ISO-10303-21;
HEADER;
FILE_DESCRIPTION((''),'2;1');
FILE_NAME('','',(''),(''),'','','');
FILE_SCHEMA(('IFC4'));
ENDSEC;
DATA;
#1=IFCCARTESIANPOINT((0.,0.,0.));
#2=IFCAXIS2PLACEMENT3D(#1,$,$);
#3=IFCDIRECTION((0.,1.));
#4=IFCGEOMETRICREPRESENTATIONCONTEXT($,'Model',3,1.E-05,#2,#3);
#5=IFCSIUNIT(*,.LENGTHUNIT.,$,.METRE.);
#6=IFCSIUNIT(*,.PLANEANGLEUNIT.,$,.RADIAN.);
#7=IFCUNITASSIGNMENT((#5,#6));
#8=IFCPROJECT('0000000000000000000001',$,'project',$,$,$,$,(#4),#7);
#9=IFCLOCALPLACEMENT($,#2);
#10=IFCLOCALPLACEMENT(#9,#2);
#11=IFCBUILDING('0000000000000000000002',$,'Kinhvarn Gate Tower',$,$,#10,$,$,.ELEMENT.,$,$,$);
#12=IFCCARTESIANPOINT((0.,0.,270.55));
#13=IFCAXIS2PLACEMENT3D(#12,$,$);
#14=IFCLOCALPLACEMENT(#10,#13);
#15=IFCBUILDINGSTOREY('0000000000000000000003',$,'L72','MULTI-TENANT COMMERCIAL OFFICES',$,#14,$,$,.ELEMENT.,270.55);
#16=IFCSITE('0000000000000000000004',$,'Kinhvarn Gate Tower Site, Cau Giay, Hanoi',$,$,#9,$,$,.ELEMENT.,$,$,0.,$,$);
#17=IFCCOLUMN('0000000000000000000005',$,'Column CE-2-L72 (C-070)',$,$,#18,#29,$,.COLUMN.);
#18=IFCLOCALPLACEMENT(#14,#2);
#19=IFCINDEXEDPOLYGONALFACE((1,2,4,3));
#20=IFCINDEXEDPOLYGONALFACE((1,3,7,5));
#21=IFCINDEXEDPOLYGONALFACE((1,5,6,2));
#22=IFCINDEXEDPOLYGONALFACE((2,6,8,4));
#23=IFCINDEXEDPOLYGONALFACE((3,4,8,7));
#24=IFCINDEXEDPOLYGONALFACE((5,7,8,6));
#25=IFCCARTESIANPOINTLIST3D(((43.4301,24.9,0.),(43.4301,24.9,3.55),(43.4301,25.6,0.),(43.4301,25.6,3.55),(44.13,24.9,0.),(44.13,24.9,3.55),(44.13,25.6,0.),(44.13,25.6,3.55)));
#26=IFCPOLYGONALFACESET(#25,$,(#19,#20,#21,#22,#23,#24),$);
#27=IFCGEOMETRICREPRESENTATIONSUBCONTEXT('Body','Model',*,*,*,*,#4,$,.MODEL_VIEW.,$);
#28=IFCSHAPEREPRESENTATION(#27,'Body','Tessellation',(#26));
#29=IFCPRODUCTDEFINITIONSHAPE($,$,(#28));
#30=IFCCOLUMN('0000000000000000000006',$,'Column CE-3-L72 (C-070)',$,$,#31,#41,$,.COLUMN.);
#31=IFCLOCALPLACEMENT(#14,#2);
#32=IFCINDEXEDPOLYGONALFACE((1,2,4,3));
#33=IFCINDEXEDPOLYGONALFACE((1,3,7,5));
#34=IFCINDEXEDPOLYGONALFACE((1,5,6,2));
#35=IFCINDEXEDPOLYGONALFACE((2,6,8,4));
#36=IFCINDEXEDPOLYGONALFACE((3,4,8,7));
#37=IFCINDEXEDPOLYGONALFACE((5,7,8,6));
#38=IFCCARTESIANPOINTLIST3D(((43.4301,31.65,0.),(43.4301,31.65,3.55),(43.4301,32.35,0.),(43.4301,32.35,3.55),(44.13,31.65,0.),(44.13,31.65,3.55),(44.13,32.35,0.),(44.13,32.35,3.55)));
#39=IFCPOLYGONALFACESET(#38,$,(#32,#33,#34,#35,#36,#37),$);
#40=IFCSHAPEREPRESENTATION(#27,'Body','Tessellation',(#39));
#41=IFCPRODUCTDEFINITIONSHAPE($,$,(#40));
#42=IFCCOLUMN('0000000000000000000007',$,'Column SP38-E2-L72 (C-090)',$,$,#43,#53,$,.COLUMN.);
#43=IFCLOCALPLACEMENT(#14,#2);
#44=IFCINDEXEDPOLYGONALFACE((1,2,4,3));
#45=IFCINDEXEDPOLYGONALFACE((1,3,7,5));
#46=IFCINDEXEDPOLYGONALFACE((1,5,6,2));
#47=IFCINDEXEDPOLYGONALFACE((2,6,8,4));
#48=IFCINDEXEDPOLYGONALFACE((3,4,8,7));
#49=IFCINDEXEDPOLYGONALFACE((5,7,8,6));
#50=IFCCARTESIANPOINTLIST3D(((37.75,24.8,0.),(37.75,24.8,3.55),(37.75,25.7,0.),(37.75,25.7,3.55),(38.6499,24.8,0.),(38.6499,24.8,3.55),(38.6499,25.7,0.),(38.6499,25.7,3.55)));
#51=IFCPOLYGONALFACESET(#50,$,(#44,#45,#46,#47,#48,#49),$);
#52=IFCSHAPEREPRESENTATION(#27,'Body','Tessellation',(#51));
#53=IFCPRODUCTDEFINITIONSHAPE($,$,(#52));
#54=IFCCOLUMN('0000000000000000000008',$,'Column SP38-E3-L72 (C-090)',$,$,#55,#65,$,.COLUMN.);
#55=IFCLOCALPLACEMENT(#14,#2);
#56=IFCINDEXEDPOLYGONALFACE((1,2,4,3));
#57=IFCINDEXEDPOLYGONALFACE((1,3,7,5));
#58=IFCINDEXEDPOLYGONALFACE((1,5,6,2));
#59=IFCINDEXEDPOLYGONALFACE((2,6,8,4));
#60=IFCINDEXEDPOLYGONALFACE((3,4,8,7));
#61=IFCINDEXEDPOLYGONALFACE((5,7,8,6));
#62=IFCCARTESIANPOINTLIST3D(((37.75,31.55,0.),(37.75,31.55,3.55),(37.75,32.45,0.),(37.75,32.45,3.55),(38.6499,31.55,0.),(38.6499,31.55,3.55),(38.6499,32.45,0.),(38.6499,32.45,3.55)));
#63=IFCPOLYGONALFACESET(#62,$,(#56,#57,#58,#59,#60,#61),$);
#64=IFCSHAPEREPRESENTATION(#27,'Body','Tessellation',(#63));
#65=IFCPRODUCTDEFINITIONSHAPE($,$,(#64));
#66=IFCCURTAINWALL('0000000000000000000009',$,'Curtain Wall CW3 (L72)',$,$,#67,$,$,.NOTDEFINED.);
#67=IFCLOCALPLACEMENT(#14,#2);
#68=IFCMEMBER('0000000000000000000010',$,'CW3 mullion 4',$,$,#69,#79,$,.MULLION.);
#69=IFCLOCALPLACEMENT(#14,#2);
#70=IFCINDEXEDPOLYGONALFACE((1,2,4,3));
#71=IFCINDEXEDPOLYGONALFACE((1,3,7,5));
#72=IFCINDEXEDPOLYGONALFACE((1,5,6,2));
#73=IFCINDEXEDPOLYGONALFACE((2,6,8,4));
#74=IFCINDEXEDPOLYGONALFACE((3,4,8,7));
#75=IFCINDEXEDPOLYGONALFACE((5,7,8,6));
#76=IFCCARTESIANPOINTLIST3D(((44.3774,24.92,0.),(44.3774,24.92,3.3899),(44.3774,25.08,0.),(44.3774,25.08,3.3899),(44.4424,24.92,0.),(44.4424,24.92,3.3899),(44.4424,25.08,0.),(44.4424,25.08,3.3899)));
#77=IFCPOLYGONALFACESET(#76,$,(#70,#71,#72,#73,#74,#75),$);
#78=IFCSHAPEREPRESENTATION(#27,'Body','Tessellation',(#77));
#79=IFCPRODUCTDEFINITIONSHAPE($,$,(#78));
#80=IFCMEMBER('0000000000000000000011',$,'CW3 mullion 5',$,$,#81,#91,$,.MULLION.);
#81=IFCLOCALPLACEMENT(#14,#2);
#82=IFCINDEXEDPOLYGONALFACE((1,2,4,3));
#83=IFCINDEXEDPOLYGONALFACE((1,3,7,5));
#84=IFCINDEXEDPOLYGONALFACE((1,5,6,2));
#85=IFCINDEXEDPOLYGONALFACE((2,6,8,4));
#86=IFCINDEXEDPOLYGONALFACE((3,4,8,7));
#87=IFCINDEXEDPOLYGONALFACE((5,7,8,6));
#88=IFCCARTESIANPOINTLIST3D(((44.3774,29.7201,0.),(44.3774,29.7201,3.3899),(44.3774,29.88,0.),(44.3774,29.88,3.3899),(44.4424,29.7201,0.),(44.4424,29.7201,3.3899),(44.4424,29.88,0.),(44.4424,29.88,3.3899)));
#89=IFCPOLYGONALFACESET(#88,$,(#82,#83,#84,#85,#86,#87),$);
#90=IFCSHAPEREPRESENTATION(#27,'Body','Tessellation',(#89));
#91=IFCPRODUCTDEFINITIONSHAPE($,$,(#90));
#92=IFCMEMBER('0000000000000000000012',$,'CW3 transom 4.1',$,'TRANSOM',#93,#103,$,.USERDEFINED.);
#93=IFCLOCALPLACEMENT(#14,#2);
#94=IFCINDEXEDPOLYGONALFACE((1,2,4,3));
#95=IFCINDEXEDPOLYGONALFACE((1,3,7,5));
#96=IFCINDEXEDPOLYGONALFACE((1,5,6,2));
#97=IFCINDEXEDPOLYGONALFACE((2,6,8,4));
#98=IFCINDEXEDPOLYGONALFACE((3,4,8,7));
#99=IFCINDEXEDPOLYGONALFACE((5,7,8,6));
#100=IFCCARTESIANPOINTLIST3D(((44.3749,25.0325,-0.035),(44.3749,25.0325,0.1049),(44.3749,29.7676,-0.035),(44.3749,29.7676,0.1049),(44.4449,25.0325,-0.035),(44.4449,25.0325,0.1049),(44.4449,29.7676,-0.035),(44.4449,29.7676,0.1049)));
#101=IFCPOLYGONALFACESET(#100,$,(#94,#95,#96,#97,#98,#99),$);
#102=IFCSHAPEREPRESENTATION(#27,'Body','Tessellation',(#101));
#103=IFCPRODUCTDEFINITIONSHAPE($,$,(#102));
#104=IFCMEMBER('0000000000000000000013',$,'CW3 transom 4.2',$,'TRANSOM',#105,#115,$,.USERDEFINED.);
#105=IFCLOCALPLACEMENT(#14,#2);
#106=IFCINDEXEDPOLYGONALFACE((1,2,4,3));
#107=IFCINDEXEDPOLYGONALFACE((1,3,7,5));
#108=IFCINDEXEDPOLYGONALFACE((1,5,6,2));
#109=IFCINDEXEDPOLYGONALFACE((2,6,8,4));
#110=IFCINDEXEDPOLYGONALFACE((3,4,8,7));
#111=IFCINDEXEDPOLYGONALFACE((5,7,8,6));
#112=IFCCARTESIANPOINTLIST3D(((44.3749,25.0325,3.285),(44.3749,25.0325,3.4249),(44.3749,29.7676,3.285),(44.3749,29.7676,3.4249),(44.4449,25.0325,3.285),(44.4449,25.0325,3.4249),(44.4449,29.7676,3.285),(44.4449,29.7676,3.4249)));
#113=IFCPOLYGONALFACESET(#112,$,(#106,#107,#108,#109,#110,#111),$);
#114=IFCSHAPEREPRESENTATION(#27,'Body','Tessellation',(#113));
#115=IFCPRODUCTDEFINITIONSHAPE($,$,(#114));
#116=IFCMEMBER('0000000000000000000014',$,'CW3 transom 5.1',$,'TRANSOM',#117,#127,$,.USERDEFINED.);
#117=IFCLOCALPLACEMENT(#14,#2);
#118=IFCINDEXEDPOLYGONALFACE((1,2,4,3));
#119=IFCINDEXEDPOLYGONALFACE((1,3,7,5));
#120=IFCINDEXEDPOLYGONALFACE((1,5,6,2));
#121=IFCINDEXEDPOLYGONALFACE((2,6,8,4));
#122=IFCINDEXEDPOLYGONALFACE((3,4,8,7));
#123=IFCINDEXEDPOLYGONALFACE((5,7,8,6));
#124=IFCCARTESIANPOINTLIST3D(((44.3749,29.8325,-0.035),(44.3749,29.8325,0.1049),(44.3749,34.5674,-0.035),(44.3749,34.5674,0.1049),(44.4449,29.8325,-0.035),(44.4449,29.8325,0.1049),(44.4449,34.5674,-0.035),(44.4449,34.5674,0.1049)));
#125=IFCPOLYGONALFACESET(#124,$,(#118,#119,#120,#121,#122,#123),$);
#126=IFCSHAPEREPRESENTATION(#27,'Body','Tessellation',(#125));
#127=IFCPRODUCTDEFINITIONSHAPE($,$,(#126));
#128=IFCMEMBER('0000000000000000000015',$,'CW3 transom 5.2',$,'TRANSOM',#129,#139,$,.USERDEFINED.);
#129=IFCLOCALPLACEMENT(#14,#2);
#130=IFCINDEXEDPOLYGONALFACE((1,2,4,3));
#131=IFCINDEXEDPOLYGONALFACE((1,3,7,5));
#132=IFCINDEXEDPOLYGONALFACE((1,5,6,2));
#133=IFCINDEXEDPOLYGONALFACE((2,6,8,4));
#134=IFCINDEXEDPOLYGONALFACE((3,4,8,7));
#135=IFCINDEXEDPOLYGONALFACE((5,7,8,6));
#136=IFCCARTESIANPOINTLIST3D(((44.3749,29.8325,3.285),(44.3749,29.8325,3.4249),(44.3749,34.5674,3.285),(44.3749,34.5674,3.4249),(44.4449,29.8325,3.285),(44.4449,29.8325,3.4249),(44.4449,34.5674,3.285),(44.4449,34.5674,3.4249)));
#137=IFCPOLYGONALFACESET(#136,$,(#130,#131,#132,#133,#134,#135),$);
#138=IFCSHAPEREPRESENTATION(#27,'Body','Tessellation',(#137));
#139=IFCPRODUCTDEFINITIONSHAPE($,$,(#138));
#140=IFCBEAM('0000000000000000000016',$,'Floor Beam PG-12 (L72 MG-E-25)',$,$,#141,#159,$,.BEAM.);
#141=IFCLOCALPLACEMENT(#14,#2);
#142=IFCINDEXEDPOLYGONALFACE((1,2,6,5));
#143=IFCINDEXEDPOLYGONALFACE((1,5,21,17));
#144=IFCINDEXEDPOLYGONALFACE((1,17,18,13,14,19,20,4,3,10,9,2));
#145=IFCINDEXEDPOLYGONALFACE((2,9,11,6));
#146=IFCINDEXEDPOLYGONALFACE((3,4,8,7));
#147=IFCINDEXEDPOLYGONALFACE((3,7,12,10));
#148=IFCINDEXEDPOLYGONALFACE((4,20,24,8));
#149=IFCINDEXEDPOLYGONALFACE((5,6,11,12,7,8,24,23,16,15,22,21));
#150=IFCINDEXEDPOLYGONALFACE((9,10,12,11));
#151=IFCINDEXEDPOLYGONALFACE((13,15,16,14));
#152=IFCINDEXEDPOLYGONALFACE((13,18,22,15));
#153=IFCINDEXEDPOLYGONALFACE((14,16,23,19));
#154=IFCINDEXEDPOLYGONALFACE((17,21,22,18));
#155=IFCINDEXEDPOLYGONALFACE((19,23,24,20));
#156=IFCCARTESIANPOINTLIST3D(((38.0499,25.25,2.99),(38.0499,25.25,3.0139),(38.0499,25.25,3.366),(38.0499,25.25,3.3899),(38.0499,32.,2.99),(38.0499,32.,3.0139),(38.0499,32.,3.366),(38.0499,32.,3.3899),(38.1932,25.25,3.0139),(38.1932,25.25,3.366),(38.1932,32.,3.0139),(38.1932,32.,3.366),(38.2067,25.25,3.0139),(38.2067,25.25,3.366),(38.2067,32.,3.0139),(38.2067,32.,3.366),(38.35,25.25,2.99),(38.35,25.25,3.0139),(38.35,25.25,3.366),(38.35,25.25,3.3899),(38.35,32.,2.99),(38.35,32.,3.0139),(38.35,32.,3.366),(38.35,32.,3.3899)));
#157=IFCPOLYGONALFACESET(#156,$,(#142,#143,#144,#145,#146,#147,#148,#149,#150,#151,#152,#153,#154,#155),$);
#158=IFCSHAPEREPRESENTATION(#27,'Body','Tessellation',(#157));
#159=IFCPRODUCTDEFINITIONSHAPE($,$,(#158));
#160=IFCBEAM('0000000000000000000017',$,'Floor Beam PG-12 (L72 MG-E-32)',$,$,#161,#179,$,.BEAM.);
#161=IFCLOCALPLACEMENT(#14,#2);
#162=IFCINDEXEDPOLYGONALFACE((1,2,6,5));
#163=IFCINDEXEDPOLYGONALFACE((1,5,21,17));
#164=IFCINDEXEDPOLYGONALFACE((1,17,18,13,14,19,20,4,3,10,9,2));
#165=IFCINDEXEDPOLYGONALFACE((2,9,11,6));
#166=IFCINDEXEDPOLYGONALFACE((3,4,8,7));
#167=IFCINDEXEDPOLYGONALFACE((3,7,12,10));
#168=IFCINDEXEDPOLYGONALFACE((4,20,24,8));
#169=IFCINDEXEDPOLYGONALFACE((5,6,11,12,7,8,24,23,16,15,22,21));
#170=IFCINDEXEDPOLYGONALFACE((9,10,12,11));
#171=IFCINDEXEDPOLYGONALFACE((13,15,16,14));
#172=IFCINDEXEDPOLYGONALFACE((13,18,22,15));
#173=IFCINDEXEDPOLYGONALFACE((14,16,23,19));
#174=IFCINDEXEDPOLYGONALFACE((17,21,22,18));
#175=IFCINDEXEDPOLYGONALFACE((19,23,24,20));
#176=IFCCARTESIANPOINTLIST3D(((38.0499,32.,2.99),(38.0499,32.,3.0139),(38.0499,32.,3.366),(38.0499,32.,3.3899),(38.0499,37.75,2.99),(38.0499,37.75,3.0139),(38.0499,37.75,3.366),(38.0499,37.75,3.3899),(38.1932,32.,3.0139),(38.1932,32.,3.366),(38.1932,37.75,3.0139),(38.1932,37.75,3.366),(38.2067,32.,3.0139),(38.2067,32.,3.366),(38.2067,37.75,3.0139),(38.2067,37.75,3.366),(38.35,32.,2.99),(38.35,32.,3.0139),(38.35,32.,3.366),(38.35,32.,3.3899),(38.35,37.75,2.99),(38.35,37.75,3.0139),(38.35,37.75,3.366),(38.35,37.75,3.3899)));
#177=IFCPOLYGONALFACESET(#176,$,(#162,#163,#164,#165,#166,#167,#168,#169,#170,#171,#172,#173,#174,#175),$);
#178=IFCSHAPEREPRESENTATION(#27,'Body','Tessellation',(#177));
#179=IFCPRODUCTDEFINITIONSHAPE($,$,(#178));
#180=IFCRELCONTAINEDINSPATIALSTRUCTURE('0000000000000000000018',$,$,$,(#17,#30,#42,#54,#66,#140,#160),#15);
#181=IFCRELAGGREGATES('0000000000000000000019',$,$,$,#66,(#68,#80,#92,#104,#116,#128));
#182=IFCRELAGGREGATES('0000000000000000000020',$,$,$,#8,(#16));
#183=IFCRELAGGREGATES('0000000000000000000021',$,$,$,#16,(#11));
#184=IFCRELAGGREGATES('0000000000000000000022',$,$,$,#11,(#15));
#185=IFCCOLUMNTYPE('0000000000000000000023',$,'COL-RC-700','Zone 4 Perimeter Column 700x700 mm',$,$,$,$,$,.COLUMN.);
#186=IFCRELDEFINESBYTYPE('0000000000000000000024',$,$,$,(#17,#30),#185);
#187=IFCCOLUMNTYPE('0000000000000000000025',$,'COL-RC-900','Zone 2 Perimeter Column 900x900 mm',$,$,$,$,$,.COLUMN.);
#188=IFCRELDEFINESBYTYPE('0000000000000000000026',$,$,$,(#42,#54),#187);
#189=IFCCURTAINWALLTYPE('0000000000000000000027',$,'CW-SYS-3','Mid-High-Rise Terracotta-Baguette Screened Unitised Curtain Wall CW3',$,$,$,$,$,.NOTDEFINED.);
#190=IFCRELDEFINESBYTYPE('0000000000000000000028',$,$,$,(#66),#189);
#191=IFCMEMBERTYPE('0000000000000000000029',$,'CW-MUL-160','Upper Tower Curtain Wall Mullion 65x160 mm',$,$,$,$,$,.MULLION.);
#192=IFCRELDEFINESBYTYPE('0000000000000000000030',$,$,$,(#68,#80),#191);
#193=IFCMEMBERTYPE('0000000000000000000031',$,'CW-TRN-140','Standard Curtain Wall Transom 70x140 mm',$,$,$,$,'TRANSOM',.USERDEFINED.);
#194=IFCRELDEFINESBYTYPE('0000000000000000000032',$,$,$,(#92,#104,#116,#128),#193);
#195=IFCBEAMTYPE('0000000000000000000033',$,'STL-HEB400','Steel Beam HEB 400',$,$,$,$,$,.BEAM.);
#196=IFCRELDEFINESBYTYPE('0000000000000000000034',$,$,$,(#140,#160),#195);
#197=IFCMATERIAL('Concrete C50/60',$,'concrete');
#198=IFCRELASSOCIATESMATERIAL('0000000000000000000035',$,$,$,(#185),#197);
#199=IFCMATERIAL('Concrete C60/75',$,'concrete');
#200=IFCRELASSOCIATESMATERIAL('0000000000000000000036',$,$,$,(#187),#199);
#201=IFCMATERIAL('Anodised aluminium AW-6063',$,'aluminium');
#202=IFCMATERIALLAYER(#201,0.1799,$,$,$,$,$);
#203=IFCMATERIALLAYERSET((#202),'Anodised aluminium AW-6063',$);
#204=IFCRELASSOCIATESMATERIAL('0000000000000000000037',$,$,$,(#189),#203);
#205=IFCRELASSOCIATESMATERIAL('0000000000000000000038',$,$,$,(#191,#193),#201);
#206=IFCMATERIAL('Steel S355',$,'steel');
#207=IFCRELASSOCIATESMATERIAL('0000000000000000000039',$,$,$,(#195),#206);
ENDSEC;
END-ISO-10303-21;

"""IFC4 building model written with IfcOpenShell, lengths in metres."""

from ifc_helpers import new_model, si_unit, direction, frame, origin, origin_2d, place, context, subcontext, project, spatial, rectangle, i_section, extrude, material, layer, layer_set, material_profile, profile_set, type_object, element, aggregate, save


model = new_model("IFC4")

# Units and contexts
model_context = context("Model", 3, precision=1e-05, world=origin(), true_north=direction((0.0, 1.0)))
body_context = subcontext(model_context, "Body", "Model", "MODEL_VIEW")
ifc_project = project(units=[si_unit("LENGTHUNIT", "METRE"), si_unit("PLANEANGLEUNIT", "RADIAN")], contexts=[model_context])

# Site, building, storey
site_placement = place(None, origin())
site = spatial("IfcSite", under=ifc_project, at=site_placement, Name="Kinhvarn Gate Tower Site, Cau Giay, Hanoi", CompositionType="ELEMENT", RefElevation=0.0)
building_placement = place(site_placement, origin())
building = spatial("IfcBuilding", under=site, at=building_placement, Name="Kinhvarn Gate Tower", CompositionType="ELEMENT")
storey_placement = place(building_placement, frame((0.0, 0.0, 270.55)))
storey = spatial("IfcBuildingStorey", under=building, at=storey_placement, Name="L72", Description="MULTI-TENANT COMMERCIAL OFFICES", CompositionType="ELEMENT", Elevation=270.55)

# Columns
ifc_material_1 = material(Name="Concrete C50/60", Category="concrete")
ifc_material_profile_1 = material_profile(ifc_material_1, rectangle(XDim=0.7, YDim=0.7, at=origin_2d()), Name="RC 700x700")
ifc_profile_set_1 = profile_set([ifc_material_profile_1], Name="Concrete C50/60")
column_type_1 = type_object("IfcColumnType", Name="COL-RC-700", Description="Zone 4 Perimeter Column 700x700 mm", PredefinedType="COLUMN", material=ifc_profile_set_1)
for number, where, z_axis, x_axis, name in (
    (1, (43.78, 25.25, 0.0), (0.0, 0.0, 1.0), (1.0, 0.0, 0.0), "Column CE-2-L72 (C-070)"),
    (2, (43.78, 32.0, 0.0), (0.0, 0.0, 1.0), (1.0, 0.0, 0.0), "Column CE-3-L72 (C-070)"),
):
    element("IfcColumn", number, at=place(storey_placement, frame(where, z_axis=z_axis, x_axis=x_axis)), inside=storey, type_object=column_type_1, Name=name, PredefinedType="COLUMN", context=body_context, shape_type="SweptSolid", body=[
        extrude(rectangle(XDim=0.7, YDim=0.7, at=origin_2d()), origin(), (0.0, 0.0, 1.0), 3.55),
    ])
ifc_material_2 = material(Name="Concrete C60/75", Category="concrete")
ifc_material_profile_2 = material_profile(ifc_material_2, rectangle(XDim=0.8999, YDim=0.8999, at=origin_2d()), Name="RC 900x900")
ifc_profile_set_2 = profile_set([ifc_material_profile_2], Name="Concrete C60/75")
column_type_2 = type_object("IfcColumnType", Name="COL-RC-900", Description="Zone 2 Perimeter Column 900x900 mm", PredefinedType="COLUMN", material=ifc_profile_set_2)
for number, where, z_axis, x_axis, name in (
    (3, (38.2, 25.25, 0.0), (0.0, 0.0, 1.0), (1.0, 0.0, 0.0), "Column SP38-E2-L72 (C-090)"),
    (4, (38.2, 32.0, 0.0), (0.0, 0.0, 1.0), (1.0, 0.0, 0.0), "Column SP38-E3-L72 (C-090)"),
):
    element("IfcColumn", number, at=place(storey_placement, frame(where, z_axis=z_axis, x_axis=x_axis)), inside=storey, type_object=column_type_2, Name=name, PredefinedType="COLUMN", context=body_context, shape_type="SweptSolid", body=[
        extrude(rectangle(XDim=0.8999, YDim=0.8999, at=origin_2d()), origin(), (0.0, 0.0, 1.0), 3.55),
    ])

# Curtain wall, members
ifc_material_3 = material(Name="Anodised aluminium AW-6063", Category="aluminium")
ifc_layer_1 = layer(ifc_material_3, 0.1799)
ifc_layer_set_1 = layer_set([ifc_layer_1], Name="Anodised aluminium AW-6063")
curtain_wall_type = type_object("IfcCurtainWallType", Name="CW-SYS-3", Description="Mid-High-Rise Terracotta-Baguette Screened Unitised Curtain Wall CW3", PredefinedType="NOTDEFINED", material=ifc_layer_set_1)
curtain_wall_placement = place(storey_placement, origin())
curtain_wall = element("IfcCurtainWall", 5, at=curtain_wall_placement, inside=storey, type_object=curtain_wall_type, Name="Curtain Wall CW3 (L72)", PredefinedType="NOTDEFINED")
ifc_material_profile_3 = material_profile(ifc_material_3, rectangle(XDim=0.0649, YDim=0.1599, at=origin_2d()), Name="ALU 65x160")
ifc_profile_set_3 = profile_set([ifc_material_profile_3], Name="Anodised aluminium AW-6063")
member_type_1 = type_object("IfcMemberType", Name="CW-MUL-160", Description="Upper Tower Curtain Wall Mullion 65x160 mm", PredefinedType="MULLION", material=ifc_profile_set_3)
member_1_placement = place(storey_placement, frame((44.4099, 25.0, 0.0), z_axis=(0.0, 0.0, 1.0), x_axis=(-1.0, 0.0, 0.0)))
member_1 = element("IfcMember", 6, at=member_1_placement, type_object=member_type_1, Name="CW3 mullion 4", PredefinedType="MULLION", context=body_context, shape_type="SweptSolid", body=[
    extrude(rectangle(XDim=0.0649, YDim=0.1599, at=origin_2d()), origin(), (0.0, 0.0, 1.0), 3.3899),
])
member_2_placement = place(storey_placement, frame((44.4099, 29.8, 0.0), z_axis=(0.0, 0.0, 1.0), x_axis=(-1.0, 0.0, 0.0)))
member_2 = element("IfcMember", 7, at=member_2_placement, type_object=member_type_1, Name="CW3 mullion 5", PredefinedType="MULLION", context=body_context, shape_type="SweptSolid", body=[
    extrude(rectangle(XDim=0.0649, YDim=0.1599, at=origin_2d()), origin(), (0.0, 0.0, 1.0), 3.3899),
])
ifc_material_profile_4 = material_profile(ifc_material_3, rectangle(XDim=0.0701, YDim=0.1399, at=origin_2d()), Name="ALU 70x140")
ifc_profile_set_4 = profile_set([ifc_material_profile_4], Name="Anodised aluminium AW-6063")
member_type_2 = type_object("IfcMemberType", Name="CW-TRN-140", Description="Standard Curtain Wall Transom 70x140 mm", ElementType="TRANSOM", PredefinedType="USERDEFINED", material=ifc_profile_set_4)
member_3_placement = place(storey_placement, frame((44.4099, 25.0325, 0.0349), z_axis=(0.0, 1.0, 0.0), x_axis=(-1.0, 0.0, 0.0)))
member_3 = element("IfcMember", 8, at=member_3_placement, type_object=member_type_2, Name="CW3 transom 4.1", ObjectType="TRANSOM", PredefinedType="USERDEFINED", context=body_context, shape_type="SweptSolid", body=[
    extrude(rectangle(XDim=0.0701, YDim=0.1399, at=origin_2d()), origin(), (0.0, 0.0, 1.0), 4.7351),
])
member_4_placement = place(storey_placement, frame((44.4099, 25.0325, 3.355), z_axis=(0.0, 1.0, 0.0), x_axis=(-1.0, 0.0, 0.0)))
member_4 = element("IfcMember", 9, at=member_4_placement, type_object=member_type_2, Name="CW3 transom 4.2", ObjectType="TRANSOM", PredefinedType="USERDEFINED", context=body_context, shape_type="SweptSolid", body=[
    extrude(rectangle(XDim=0.0701, YDim=0.1399, at=origin_2d()), origin(), (0.0, 0.0, 1.0), 4.7351),
])
member_5_placement = place(storey_placement, frame((44.4099, 29.8325, 0.0349), z_axis=(0.0, 1.0, 0.0), x_axis=(-1.0, 0.0, 0.0)))
member_5 = element("IfcMember", 10, at=member_5_placement, type_object=member_type_2, Name="CW3 transom 5.1", ObjectType="TRANSOM", PredefinedType="USERDEFINED", context=body_context, shape_type="SweptSolid", body=[
    extrude(rectangle(XDim=0.0701, YDim=0.1399, at=origin_2d()), origin(), (0.0, 0.0, 1.0), 4.7349),
])
member_6_placement = place(storey_placement, frame((44.4099, 29.8325, 3.355), z_axis=(0.0, 1.0, 0.0), x_axis=(-1.0, 0.0, 0.0)))
member_6 = element("IfcMember", 11, at=member_6_placement, type_object=member_type_2, Name="CW3 transom 5.2", ObjectType="TRANSOM", PredefinedType="USERDEFINED", context=body_context, shape_type="SweptSolid", body=[
    extrude(rectangle(XDim=0.0701, YDim=0.1399, at=origin_2d()), origin(), (0.0, 0.0, 1.0), 4.7349),
])

# Beams
ifc_material_4 = material(Name="Steel S355", Category="steel")
ifc_material_profile_5 = material_profile(ifc_material_4, i_section(OverallWidth=0.3, OverallDepth=0.3999, WebThickness=0.0134, FlangeThickness=0.0239, at=origin_2d()), Name="HEB 400")
ifc_profile_set_5 = profile_set([ifc_material_profile_5], Name="Steel S355")
beam_type_1 = type_object("IfcBeamType", Name="STL-HEB400", Description="Steel Beam HEB 400", PredefinedType="BEAM", material=ifc_profile_set_5)
beam_1_placement = place(storey_placement, frame((38.2, 25.25, 3.1899), z_axis=(0.0, 1.0, 0.0), x_axis=(-1.0, 0.0, 0.0)))
element("IfcBeam", 12, at=beam_1_placement, inside=storey, type_object=beam_type_1, Name="Floor Beam PG-12 (L72 MG-E-25)", PredefinedType="BEAM", context=body_context, shape_type="SweptSolid", body=[
    extrude(i_section(OverallWidth=0.3, OverallDepth=0.3999, WebThickness=0.0134, FlangeThickness=0.0239, at=origin_2d()), origin(), (0.0, 0.0, 1.0), 6.75),
])
beam_2_placement = place(storey_placement, frame((38.2, 32.0, 3.1899), z_axis=(0.0, 1.0, 0.0), x_axis=(-1.0, 0.0, 0.0)))
element("IfcBeam", 13, at=beam_2_placement, inside=storey, type_object=beam_type_1, Name="Floor Beam PG-12 (L72 MG-E-32)", PredefinedType="BEAM", context=body_context, shape_type="SweptSolid", body=[
    extrude(i_section(OverallWidth=0.3, OverallDepth=0.3999, WebThickness=0.0134, FlangeThickness=0.0239, at=origin_2d()), origin(), (0.0, 0.0, 1.0), 5.75),
])

aggregate(curtain_wall, [member_1, member_2, member_3, member_4, member_5, member_6])

save(model, "model.ifc")
